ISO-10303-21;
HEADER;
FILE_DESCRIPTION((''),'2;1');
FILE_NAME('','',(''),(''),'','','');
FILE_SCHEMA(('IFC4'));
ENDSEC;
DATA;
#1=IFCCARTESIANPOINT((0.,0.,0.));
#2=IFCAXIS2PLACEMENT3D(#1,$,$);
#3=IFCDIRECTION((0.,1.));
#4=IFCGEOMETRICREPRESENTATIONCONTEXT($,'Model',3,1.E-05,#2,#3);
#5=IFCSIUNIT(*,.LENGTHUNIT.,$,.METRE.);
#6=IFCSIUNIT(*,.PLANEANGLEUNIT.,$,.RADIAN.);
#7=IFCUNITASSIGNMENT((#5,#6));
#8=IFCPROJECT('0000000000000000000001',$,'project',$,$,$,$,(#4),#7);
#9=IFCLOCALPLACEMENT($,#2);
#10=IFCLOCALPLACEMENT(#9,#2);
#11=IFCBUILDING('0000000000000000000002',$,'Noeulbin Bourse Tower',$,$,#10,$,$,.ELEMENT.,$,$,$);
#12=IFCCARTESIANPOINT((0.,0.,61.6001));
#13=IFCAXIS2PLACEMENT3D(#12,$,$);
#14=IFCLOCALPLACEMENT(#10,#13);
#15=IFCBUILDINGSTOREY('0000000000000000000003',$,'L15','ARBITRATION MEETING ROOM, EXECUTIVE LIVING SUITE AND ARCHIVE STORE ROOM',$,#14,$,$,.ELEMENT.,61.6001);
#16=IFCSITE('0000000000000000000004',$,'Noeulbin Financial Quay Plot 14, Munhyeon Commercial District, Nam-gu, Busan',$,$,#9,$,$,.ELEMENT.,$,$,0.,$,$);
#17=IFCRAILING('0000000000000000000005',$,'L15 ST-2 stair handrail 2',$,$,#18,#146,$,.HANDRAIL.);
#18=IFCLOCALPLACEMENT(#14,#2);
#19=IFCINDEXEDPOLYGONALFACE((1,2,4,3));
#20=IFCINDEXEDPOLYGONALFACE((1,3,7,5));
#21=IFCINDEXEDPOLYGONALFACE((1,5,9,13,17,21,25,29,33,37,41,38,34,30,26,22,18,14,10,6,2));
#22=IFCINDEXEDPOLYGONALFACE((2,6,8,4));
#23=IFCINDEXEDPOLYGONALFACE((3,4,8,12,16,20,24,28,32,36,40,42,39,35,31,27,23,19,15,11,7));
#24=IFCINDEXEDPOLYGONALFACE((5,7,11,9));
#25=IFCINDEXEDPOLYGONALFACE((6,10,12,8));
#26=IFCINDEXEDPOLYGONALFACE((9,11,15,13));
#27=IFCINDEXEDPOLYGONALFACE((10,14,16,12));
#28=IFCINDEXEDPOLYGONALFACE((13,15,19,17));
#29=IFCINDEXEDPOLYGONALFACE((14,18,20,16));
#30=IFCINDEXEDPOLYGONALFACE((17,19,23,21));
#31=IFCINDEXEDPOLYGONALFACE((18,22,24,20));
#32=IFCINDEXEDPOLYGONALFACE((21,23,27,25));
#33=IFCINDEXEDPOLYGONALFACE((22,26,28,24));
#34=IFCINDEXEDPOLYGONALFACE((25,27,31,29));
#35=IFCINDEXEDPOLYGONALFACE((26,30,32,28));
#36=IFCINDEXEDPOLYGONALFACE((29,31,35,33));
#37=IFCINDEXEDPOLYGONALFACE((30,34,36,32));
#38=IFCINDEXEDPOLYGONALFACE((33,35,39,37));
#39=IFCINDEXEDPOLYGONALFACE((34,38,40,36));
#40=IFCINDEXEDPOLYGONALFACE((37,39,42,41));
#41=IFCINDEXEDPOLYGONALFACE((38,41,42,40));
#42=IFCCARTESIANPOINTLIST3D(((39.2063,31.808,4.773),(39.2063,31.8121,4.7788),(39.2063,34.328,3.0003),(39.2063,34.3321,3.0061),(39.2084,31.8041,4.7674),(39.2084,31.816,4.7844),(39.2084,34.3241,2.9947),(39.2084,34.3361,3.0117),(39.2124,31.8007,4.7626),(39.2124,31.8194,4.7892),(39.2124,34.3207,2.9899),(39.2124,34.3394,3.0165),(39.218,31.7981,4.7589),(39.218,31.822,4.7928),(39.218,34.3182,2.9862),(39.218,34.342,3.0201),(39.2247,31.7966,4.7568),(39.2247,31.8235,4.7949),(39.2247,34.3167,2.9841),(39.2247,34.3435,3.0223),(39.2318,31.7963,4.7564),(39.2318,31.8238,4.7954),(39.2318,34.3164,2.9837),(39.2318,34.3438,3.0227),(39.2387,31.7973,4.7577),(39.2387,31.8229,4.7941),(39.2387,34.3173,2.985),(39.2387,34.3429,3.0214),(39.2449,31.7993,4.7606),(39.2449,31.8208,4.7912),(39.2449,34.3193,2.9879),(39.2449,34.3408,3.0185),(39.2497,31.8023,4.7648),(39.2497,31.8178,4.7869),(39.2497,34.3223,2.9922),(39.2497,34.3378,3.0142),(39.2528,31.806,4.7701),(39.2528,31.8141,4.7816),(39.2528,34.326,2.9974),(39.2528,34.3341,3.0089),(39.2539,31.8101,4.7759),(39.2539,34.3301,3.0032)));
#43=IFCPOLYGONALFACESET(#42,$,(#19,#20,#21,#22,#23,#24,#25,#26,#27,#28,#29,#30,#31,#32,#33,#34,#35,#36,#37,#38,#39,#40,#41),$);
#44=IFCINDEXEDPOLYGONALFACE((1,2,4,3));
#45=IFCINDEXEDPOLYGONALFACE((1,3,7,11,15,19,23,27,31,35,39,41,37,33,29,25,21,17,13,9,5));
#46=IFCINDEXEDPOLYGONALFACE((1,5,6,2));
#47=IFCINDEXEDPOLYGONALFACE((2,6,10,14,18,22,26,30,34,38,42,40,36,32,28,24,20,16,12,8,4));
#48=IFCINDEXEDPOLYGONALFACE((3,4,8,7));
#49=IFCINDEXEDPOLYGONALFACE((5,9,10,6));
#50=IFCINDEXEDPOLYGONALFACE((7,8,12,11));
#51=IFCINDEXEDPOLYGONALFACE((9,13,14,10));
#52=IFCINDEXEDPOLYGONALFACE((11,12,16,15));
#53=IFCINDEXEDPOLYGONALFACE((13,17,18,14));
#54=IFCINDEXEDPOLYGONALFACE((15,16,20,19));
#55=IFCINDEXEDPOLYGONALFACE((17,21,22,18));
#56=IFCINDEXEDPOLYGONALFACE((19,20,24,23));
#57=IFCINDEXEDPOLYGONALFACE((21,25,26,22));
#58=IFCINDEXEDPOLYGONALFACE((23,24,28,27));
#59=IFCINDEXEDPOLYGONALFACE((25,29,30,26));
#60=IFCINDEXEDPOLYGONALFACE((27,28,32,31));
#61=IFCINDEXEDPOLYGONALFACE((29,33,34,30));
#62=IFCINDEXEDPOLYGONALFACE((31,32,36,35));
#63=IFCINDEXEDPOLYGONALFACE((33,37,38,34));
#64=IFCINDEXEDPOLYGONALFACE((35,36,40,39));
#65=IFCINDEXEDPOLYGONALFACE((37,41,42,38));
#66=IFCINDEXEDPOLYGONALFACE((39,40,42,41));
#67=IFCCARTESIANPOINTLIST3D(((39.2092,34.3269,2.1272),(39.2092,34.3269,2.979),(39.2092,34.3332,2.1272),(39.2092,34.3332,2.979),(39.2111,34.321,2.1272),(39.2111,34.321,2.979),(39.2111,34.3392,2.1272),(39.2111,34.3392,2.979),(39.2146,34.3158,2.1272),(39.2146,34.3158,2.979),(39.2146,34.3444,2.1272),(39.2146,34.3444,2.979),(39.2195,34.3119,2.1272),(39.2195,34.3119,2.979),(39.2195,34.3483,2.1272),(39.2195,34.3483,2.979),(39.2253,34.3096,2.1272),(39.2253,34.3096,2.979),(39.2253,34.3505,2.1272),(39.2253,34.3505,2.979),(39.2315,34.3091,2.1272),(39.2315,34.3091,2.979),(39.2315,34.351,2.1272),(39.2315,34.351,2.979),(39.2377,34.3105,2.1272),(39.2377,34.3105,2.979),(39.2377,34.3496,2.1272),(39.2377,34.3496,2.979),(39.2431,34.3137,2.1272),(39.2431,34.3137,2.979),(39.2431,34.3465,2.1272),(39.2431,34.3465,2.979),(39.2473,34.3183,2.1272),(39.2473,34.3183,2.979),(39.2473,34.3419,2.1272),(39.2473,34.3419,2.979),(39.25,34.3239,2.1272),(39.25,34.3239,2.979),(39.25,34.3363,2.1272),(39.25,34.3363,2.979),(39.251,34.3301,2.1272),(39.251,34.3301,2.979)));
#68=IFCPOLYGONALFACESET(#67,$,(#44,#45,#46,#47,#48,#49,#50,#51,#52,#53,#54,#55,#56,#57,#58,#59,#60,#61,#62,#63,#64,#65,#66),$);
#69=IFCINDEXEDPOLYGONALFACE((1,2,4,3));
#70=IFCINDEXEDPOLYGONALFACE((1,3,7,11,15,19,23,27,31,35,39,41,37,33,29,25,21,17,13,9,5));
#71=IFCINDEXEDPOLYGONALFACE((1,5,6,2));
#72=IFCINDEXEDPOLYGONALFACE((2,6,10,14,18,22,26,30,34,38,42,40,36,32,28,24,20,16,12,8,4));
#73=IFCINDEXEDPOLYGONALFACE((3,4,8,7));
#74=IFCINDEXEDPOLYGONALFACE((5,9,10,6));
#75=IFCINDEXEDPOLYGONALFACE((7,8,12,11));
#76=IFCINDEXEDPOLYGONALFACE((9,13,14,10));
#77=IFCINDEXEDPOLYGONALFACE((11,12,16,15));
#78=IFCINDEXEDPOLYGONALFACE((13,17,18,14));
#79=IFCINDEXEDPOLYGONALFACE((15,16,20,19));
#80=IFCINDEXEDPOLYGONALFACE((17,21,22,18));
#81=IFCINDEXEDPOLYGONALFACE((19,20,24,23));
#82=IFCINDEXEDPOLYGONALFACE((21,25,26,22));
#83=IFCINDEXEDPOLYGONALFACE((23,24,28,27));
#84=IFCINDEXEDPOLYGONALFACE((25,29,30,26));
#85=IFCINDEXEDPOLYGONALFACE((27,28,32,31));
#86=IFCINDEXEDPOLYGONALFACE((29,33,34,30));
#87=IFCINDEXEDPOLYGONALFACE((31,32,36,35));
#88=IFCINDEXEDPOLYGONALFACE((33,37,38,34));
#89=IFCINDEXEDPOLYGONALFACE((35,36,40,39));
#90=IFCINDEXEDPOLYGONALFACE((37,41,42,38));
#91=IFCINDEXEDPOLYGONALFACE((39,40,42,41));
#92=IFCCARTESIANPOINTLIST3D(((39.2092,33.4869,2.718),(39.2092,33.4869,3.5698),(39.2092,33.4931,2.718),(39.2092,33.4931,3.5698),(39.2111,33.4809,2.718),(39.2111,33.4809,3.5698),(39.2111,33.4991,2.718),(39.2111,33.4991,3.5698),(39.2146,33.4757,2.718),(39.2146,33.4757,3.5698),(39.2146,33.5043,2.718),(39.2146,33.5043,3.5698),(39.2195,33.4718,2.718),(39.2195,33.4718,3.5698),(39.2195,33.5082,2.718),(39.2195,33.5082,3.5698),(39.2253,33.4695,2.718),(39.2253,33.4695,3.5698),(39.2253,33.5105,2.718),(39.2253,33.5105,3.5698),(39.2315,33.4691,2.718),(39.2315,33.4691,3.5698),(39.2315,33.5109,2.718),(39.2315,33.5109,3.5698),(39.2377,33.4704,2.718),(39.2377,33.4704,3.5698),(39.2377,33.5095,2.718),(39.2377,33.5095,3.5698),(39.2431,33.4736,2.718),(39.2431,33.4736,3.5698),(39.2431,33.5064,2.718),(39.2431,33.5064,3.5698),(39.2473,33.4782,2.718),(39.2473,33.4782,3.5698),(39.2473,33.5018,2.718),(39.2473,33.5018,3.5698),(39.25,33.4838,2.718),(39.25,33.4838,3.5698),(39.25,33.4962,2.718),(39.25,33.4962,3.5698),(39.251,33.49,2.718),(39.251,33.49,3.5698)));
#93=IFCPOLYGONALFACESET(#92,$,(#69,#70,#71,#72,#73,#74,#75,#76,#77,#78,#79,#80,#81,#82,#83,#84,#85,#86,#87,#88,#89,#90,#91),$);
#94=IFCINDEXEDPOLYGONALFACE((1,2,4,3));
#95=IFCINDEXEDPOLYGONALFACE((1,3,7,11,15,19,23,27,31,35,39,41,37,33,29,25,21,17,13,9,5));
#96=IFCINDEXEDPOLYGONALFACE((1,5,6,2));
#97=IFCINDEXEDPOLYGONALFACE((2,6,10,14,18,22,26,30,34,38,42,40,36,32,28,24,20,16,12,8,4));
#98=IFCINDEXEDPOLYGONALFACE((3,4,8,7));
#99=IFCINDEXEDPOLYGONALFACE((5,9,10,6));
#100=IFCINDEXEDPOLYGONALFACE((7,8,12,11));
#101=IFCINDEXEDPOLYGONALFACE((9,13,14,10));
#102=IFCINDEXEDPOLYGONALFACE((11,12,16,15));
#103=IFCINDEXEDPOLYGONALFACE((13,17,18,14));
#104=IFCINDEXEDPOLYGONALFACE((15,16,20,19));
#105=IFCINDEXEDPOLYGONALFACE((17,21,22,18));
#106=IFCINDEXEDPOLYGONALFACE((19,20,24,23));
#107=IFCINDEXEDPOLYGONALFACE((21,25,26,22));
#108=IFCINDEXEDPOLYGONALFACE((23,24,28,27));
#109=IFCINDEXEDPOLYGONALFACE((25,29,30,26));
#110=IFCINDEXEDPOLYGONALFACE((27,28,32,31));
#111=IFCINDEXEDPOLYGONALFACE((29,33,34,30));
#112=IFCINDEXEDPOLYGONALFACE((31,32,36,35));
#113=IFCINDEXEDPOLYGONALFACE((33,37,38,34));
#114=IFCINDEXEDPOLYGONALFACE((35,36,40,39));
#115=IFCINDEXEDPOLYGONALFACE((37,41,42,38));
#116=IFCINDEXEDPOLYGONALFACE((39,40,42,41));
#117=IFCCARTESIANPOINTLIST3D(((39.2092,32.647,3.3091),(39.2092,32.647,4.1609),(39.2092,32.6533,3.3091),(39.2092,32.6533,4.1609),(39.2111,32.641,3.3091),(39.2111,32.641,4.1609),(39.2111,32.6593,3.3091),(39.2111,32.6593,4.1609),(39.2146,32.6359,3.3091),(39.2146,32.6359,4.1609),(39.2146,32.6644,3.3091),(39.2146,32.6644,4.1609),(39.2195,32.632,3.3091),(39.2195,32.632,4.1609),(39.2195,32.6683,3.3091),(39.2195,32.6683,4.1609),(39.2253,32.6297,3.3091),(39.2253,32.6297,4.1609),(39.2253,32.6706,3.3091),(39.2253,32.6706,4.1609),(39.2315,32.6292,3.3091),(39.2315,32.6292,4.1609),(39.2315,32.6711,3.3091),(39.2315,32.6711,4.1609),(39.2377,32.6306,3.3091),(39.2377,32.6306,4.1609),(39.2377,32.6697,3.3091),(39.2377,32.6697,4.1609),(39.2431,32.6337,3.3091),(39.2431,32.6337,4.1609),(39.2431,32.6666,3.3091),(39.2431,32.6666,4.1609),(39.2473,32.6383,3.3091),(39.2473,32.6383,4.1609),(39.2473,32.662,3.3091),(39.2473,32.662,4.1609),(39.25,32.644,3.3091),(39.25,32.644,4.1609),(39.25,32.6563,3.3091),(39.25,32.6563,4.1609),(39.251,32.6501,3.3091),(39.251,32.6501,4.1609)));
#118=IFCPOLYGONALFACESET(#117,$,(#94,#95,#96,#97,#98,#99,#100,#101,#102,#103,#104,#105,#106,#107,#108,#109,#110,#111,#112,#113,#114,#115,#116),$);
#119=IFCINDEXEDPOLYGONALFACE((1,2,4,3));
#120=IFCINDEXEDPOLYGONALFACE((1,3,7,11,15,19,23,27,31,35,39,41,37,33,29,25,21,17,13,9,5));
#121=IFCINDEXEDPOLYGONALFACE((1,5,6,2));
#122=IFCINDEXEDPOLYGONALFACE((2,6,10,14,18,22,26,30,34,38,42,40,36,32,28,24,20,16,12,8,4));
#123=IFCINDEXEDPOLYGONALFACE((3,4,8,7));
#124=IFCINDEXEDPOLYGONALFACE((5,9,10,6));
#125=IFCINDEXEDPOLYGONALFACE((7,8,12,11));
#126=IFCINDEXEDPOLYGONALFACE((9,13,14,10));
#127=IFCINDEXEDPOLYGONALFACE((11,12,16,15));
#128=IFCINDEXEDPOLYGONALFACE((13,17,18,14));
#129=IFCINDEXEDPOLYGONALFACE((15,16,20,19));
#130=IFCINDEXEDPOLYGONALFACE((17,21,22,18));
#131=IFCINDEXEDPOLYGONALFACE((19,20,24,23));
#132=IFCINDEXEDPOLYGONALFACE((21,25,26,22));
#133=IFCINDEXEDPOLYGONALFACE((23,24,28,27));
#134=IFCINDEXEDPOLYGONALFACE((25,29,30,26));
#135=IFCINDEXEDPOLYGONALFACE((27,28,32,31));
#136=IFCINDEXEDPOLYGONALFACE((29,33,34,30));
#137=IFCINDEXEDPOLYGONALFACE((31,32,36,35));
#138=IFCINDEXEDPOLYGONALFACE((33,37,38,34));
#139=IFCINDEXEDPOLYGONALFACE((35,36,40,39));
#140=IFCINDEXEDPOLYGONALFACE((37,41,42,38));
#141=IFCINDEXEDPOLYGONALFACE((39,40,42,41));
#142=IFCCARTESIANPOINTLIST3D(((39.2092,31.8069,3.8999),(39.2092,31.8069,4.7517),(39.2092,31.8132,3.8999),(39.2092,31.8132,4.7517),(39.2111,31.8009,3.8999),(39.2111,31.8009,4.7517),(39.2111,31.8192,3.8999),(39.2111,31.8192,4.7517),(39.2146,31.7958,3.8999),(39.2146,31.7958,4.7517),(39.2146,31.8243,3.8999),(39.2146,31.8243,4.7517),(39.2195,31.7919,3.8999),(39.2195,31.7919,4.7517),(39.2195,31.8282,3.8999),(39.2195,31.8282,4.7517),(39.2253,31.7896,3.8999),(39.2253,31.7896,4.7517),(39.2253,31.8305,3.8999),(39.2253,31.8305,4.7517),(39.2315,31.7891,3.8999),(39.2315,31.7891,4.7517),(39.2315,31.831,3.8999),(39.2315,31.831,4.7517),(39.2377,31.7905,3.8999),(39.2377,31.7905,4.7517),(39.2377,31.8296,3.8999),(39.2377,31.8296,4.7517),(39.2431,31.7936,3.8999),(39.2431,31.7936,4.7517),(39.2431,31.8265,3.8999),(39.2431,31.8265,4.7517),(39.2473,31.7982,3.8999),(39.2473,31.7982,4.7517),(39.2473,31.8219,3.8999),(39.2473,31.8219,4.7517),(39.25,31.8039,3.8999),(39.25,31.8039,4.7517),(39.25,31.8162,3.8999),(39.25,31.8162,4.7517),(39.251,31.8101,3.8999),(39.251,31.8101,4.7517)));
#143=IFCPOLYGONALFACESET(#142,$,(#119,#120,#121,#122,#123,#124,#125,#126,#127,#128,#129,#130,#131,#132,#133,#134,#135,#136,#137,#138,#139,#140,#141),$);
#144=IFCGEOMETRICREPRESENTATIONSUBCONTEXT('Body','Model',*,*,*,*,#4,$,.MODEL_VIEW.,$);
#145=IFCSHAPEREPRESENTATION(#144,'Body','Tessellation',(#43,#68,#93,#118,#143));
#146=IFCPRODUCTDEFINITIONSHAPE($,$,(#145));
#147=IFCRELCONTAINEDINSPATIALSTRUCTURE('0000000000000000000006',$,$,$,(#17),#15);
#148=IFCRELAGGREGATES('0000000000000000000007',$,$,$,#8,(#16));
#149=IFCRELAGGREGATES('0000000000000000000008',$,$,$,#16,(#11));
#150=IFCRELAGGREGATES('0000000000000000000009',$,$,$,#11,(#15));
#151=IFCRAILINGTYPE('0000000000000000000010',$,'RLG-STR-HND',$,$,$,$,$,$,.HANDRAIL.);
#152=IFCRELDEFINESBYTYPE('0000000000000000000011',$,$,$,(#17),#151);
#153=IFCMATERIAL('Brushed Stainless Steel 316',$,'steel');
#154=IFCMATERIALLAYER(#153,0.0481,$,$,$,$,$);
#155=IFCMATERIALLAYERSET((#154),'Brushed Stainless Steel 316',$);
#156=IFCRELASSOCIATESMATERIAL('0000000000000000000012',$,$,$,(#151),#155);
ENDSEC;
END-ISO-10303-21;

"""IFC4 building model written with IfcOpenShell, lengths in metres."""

from ifc_helpers import new_model, si_unit, direction, frame, origin, origin_2d, place, context, subcontext, project, spatial, circle, extrude, material, layer, layer_set, type_object, element, save


model = new_model("IFC4")

# Units and contexts
model_context = context("Model", 3, precision=1e-05, world=origin(), true_north=direction((0.0, 1.0)))
body_context = subcontext(model_context, "Body", "Model", "MODEL_VIEW")
ifc_project = project(units=[si_unit("LENGTHUNIT", "METRE"), si_unit("PLANEANGLEUNIT", "RADIAN")], contexts=[model_context])

# Site, building, storey
site_placement = place(None, origin())
site = spatial("IfcSite", under=ifc_project, at=site_placement, Name="Noeulbin Financial Quay Plot 14, Munhyeon Commercial District, Nam-gu, Busan", CompositionType="ELEMENT", RefElevation=0.0)
building_placement = place(site_placement, origin())
building = spatial("IfcBuilding", under=site, at=building_placement, Name="Noeulbin Bourse Tower", CompositionType="ELEMENT")
storey_placement = place(building_placement, frame((0.0, 0.0, 61.6001)))
storey = spatial("IfcBuildingStorey", under=building, at=storey_placement, Name="L15", Description="ARBITRATION MEETING ROOM, EXECUTIVE LIVING SUITE AND ARCHIVE STORE ROOM", CompositionType="ELEMENT", Elevation=61.6001)

# Shared definitions
ifc_material_1 = material(Name="Brushed Stainless Steel 316", Category="steel")

# Railing
ifc_layer_1 = layer(ifc_material_1, 0.0481)
ifc_layer_set_1 = layer_set([ifc_layer_1], Name="Brushed Stainless Steel 316")
railing_type_1 = type_object("IfcRailingType", Name="RLG-STR-HND", PredefinedType="HANDRAIL", material=ifc_layer_set_1)
railing_1_placement = place(storey_placement, frame((39.23, 34.3301, 2.1272)))
element("IfcRailing", 1, at=railing_1_placement, inside=storey, type_object=railing_type_1, Name="L15 ST-2 stair handrail 2", PredefinedType="HANDRAIL", context=body_context, shape_type="SweptSolid", body=[
    extrude(circle(Radius=0.0239, at=origin_2d()), frame((0.0, 0.0, 0.876), z_axis=(0.0, -0.817904, 0.575354), x_axis=(1.0, 0.0, 0.0)), (0.0, 0.0, 1.0), 3.0811),
    extrude(circle(Radius=0.021, at=origin_2d()), origin(), (0.0, 0.0, 1.0), 0.8518),
    extrude(circle(Radius=0.021, at=origin_2d()), frame((0.0, -0.8401, 0.5908)), (0.0, 0.0, 1.0), 0.8518),
    extrude(circle(Radius=0.021, at=origin_2d()), frame((0.0, -1.6799, 1.1819)), (0.0, 0.0, 1.0), 0.8518),
    extrude(circle(Radius=0.021, at=origin_2d()), frame((0.0, -2.52, 1.7727)), (0.0, 0.0, 1.0), 0.8518),
])

save(model, "model.ifc")
